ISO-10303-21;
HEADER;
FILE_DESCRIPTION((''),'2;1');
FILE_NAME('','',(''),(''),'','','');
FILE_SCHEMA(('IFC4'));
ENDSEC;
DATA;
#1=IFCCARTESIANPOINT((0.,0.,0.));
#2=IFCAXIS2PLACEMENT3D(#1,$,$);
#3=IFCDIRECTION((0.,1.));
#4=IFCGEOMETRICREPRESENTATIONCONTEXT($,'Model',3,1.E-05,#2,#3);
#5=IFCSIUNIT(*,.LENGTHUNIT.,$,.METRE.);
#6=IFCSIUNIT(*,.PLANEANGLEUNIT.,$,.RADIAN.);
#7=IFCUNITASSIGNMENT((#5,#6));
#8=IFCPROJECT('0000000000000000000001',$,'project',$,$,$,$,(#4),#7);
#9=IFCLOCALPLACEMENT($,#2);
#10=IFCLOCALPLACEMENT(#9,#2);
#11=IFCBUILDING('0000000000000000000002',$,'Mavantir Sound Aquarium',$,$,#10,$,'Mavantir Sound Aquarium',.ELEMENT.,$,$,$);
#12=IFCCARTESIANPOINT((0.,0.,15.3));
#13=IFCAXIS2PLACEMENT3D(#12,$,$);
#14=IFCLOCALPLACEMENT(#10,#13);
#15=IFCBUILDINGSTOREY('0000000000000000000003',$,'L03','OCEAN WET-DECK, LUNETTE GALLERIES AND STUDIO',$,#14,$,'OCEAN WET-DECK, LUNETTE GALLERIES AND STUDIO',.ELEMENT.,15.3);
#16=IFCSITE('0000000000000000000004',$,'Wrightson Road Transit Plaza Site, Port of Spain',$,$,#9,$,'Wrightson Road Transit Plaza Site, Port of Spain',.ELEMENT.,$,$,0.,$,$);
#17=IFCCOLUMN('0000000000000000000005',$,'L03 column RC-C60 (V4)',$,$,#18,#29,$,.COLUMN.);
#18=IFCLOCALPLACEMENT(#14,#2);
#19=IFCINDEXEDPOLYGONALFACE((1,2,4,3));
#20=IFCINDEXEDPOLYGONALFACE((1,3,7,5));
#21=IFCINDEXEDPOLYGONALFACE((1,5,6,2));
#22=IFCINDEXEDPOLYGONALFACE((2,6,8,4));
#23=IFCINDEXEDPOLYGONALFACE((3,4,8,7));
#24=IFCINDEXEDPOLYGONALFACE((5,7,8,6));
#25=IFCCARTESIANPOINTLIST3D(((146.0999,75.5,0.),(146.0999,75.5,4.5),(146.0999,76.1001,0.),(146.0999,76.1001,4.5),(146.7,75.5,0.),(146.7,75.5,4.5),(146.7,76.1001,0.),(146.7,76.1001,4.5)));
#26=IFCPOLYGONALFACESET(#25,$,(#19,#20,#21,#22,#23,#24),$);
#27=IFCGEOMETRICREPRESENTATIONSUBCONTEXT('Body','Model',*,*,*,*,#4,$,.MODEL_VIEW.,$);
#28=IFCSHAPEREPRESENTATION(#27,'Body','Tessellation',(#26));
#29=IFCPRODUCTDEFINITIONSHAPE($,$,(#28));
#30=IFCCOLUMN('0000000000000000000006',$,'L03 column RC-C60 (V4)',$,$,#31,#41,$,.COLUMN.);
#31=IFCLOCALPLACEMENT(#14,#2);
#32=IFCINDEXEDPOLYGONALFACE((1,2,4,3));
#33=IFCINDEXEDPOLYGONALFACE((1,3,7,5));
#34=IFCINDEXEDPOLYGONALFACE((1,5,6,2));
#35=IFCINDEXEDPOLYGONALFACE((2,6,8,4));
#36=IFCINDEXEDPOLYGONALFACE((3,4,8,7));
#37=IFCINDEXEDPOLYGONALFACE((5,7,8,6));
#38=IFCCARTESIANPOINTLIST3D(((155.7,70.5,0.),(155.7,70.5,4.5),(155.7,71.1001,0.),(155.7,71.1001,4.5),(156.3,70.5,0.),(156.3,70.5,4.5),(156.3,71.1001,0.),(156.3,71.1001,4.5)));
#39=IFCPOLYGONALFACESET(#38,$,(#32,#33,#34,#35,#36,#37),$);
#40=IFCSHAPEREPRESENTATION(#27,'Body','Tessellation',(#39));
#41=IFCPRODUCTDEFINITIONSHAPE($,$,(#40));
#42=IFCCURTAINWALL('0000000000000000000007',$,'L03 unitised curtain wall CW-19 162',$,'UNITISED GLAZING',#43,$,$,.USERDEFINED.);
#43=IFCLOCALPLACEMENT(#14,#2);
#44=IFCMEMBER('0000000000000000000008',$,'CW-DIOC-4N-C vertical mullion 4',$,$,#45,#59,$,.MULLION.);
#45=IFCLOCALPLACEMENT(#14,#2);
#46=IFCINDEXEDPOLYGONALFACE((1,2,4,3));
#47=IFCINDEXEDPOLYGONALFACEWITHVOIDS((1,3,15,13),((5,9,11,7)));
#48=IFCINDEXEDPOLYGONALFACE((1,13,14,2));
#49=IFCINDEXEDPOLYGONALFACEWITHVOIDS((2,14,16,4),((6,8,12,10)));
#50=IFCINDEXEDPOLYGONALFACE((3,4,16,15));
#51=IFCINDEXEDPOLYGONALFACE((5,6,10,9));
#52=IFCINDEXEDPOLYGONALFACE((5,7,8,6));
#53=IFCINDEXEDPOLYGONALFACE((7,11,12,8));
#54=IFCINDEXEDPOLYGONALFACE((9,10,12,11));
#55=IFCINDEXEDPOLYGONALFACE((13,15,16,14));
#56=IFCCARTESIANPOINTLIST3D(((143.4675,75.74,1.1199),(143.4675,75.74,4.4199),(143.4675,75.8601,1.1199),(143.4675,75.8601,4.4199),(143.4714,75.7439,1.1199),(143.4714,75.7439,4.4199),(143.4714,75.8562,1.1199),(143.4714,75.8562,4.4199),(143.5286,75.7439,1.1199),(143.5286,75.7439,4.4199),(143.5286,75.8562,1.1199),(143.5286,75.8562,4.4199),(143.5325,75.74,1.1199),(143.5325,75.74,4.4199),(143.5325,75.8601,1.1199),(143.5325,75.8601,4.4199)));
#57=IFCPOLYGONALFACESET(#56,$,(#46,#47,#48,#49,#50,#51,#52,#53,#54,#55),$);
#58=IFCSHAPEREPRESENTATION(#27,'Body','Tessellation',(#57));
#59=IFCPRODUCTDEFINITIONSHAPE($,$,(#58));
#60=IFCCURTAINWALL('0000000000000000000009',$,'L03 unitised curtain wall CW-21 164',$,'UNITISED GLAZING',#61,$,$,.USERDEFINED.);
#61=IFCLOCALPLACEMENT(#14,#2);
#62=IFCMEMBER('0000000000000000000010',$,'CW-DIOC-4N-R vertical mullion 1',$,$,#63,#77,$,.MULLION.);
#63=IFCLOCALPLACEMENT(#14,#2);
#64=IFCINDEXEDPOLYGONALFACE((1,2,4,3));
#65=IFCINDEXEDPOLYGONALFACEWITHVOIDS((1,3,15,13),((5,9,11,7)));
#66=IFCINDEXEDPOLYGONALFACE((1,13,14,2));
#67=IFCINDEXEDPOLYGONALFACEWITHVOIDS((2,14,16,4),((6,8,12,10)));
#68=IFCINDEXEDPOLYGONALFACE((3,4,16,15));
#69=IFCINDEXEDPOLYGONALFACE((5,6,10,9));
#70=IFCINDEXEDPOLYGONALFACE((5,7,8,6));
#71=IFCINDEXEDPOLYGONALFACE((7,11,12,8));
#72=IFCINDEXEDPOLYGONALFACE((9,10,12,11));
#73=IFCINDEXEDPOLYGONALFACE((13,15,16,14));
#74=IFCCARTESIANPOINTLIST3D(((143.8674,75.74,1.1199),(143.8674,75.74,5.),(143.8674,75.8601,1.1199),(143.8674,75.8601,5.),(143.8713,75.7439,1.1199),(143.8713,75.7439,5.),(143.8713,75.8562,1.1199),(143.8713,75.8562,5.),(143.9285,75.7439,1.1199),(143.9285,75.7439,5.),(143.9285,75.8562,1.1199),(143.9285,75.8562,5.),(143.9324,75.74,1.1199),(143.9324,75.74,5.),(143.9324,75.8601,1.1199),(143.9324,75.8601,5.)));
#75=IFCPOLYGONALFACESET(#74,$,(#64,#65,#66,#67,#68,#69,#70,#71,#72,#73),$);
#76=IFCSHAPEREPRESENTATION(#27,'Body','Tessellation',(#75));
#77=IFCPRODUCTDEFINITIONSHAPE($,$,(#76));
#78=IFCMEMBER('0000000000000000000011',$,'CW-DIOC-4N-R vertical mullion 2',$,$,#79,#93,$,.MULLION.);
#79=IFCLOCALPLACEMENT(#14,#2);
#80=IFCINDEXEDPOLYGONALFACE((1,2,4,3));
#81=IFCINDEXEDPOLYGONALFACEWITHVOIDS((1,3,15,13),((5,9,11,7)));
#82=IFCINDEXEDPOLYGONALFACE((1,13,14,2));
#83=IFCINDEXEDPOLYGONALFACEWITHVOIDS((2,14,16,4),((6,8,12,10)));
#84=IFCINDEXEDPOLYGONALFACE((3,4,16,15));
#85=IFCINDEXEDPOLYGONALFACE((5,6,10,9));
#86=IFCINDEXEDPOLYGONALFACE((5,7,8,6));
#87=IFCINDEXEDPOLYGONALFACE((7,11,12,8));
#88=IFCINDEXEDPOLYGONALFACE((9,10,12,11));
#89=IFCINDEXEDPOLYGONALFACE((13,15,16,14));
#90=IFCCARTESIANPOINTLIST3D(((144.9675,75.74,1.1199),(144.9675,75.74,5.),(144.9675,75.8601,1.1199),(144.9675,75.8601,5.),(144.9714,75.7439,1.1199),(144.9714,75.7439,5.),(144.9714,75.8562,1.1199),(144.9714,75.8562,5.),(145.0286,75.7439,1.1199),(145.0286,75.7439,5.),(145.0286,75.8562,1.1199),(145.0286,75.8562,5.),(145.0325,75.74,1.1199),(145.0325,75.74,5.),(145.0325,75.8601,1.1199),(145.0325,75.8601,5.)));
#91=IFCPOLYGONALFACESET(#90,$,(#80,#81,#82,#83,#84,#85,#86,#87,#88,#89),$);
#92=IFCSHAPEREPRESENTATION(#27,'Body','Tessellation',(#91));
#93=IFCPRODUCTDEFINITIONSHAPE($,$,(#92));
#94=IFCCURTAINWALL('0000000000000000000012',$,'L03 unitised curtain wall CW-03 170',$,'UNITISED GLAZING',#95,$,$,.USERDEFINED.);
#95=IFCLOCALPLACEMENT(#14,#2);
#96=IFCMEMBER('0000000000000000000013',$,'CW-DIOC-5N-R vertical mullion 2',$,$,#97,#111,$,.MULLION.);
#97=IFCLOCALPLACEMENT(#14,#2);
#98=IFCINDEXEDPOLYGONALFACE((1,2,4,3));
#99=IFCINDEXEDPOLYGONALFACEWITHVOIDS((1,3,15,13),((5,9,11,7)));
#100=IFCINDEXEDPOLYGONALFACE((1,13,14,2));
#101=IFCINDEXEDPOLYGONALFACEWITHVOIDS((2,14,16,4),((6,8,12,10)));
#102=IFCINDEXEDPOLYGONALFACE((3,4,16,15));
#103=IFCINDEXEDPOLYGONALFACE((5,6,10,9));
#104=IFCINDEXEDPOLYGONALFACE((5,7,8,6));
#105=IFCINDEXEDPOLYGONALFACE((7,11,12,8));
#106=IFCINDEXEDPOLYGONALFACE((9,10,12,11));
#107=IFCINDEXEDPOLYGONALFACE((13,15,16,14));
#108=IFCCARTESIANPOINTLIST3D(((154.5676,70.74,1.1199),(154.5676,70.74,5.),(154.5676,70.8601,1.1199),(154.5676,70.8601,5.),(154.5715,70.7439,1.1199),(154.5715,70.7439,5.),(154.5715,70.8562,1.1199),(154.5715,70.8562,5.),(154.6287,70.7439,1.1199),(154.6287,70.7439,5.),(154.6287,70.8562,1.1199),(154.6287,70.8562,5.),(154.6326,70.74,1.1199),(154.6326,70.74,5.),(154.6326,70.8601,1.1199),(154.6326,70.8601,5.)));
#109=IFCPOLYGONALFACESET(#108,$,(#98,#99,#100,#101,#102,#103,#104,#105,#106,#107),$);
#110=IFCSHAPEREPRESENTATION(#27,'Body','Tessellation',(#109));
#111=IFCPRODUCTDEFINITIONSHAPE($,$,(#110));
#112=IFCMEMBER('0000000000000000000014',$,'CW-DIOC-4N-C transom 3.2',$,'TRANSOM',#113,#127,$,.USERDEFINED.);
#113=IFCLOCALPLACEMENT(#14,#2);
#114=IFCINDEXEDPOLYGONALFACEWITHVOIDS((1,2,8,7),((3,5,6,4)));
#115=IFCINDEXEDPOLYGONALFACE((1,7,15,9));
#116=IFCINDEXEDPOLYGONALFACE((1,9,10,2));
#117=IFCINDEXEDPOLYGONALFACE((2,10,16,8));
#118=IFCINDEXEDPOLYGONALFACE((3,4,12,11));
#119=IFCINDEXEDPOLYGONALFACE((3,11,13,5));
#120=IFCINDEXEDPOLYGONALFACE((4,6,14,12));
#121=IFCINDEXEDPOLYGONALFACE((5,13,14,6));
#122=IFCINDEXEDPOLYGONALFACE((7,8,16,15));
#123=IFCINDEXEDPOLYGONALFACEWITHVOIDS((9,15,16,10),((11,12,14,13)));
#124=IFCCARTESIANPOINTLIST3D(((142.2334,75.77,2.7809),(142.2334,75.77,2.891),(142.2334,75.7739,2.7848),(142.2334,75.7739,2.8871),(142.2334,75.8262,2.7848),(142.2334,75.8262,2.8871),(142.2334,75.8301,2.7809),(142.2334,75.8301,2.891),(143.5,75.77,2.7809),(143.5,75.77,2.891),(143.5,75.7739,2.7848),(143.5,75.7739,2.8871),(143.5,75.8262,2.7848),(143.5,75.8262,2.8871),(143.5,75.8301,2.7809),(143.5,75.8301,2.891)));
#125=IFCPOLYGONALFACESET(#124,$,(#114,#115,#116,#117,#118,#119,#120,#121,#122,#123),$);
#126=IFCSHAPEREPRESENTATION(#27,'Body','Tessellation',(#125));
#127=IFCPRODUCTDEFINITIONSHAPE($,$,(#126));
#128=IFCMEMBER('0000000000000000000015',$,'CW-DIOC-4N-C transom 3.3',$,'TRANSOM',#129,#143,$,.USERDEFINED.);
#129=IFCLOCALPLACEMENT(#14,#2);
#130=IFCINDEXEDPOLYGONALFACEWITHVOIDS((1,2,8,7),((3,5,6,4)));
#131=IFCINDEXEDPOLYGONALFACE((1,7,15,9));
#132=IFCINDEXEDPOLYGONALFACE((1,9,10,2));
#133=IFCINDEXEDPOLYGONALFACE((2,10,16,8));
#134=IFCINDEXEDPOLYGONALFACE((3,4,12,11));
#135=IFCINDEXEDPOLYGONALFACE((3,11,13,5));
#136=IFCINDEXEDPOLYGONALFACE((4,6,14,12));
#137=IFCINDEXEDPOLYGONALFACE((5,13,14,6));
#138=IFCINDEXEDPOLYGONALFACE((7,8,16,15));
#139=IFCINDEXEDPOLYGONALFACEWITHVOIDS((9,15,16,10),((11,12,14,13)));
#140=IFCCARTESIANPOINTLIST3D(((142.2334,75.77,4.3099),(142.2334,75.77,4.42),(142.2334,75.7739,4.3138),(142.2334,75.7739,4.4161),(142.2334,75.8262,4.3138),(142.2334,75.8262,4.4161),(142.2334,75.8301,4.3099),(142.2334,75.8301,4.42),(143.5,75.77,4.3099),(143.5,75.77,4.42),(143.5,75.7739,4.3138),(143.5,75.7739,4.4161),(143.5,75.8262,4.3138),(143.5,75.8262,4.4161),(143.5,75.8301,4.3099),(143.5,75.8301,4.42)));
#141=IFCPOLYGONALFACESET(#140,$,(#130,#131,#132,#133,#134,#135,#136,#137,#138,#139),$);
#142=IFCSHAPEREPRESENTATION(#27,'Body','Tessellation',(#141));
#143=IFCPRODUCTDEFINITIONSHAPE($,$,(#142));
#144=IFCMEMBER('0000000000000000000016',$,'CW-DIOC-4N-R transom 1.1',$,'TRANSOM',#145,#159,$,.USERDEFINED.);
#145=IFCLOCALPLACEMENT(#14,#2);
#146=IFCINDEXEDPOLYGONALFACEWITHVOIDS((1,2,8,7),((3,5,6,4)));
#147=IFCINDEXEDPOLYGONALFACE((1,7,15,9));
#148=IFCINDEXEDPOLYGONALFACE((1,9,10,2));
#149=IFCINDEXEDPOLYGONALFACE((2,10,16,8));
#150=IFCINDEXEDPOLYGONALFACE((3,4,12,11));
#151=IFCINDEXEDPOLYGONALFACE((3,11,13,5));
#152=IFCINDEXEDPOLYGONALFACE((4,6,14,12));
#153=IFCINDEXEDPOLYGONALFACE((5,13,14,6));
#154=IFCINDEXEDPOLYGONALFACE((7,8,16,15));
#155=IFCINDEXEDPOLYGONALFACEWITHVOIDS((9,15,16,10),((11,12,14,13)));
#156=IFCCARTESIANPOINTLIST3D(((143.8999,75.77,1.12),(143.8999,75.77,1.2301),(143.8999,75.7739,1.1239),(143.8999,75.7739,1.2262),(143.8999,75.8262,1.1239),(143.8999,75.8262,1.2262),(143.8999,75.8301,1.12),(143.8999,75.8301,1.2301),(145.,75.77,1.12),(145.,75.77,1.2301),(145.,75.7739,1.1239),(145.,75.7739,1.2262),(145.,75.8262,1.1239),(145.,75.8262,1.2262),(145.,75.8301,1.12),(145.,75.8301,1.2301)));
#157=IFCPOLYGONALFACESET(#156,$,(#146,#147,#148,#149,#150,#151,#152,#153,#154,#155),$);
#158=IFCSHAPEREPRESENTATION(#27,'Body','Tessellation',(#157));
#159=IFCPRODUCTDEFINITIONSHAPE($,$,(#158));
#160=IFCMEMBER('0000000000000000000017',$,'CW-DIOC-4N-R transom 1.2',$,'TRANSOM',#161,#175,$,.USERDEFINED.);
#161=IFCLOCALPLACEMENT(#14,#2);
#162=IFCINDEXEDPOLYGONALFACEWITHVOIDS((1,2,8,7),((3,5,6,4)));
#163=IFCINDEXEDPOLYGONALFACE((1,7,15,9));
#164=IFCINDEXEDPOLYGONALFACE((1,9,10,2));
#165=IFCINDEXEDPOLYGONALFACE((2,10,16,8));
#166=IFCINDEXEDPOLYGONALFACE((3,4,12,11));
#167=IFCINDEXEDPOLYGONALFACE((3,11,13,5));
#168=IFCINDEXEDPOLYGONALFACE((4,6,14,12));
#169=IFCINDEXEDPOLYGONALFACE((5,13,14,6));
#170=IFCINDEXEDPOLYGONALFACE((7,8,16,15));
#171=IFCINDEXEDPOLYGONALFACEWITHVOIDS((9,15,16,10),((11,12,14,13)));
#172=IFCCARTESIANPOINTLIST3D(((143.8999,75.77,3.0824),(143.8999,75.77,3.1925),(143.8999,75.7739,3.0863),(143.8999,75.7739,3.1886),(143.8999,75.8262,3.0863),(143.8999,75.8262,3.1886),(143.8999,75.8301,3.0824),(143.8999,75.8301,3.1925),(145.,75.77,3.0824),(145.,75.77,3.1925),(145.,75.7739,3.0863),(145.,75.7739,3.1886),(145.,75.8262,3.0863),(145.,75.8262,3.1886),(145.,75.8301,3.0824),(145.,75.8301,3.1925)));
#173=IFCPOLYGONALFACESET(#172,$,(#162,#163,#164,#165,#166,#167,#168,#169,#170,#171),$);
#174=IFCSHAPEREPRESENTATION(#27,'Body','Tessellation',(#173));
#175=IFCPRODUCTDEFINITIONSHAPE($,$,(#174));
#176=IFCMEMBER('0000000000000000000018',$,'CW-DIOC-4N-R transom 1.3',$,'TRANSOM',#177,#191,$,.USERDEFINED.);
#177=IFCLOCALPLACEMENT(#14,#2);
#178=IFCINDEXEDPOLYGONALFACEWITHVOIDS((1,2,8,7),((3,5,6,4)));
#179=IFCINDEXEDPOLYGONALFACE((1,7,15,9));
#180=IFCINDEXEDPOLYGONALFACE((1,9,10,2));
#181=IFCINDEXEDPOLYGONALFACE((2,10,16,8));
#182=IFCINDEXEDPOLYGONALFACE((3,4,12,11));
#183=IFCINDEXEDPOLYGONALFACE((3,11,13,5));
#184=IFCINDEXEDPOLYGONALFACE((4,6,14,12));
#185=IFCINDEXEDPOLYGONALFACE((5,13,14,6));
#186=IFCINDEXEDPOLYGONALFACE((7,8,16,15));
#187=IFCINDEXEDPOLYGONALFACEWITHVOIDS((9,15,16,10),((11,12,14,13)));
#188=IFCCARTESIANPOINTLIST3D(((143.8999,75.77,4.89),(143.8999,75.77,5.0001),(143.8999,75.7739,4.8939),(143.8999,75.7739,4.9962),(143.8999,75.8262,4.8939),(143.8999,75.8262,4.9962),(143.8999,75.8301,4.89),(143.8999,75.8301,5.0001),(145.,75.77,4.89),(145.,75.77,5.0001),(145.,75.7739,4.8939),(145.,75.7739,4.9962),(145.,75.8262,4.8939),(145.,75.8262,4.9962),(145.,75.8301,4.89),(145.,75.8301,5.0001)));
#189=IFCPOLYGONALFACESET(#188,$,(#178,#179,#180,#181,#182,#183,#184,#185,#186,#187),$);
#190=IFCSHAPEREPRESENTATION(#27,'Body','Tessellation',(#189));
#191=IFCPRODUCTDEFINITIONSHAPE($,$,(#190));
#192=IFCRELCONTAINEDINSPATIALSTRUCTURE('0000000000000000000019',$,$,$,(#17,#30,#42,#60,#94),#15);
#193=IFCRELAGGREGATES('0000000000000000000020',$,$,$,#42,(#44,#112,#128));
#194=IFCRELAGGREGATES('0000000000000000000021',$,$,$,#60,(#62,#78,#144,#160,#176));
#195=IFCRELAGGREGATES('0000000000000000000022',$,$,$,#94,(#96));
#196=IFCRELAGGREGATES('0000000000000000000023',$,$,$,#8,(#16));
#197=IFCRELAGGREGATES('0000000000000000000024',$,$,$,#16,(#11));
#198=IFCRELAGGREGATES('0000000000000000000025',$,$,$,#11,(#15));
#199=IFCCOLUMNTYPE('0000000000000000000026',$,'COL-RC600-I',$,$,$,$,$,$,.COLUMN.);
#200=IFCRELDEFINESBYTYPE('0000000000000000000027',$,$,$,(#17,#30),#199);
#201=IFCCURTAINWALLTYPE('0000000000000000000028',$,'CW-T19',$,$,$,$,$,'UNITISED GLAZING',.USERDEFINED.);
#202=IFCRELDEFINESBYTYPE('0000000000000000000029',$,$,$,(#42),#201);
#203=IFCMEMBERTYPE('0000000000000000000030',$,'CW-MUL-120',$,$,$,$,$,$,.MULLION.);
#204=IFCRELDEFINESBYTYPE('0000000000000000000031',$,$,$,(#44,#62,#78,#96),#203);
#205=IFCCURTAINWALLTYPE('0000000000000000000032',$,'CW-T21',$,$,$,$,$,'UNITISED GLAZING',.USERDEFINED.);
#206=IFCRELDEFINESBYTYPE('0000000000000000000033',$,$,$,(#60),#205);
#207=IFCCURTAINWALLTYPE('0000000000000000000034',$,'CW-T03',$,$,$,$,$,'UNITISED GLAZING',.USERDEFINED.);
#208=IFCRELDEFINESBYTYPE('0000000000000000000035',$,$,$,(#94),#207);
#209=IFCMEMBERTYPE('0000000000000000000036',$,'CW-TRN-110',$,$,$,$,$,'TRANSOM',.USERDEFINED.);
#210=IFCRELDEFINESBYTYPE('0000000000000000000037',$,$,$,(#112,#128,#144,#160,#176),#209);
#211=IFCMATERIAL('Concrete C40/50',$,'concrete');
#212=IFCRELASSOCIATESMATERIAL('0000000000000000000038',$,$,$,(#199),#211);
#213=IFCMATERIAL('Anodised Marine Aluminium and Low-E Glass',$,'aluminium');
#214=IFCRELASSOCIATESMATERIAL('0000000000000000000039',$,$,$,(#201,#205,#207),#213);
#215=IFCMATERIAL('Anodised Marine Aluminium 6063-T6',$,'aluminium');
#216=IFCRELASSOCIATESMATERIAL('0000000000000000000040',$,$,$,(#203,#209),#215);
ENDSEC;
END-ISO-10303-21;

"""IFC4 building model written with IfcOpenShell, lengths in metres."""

from ifc_helpers import new_model, si_unit, direction, frame, origin, origin_2d, place, context, subcontext, project, spatial, rectangle, hollow_rectangle, extrude, material, material_profile, profile_set, type_object, element, aggregate, save


model = new_model("IFC4")

# Units and contexts
model_context = context("Model", 3, precision=1e-05, world=origin(), true_north=direction((0.0, 1.0)))
body_context = subcontext(model_context, "Body", "Model", "MODEL_VIEW")
ifc_project = project(units=[si_unit("LENGTHUNIT", "METRE"), si_unit("PLANEANGLEUNIT", "RADIAN")], contexts=[model_context])

# Site, building, storey
site_placement = place(None, origin())
site = spatial("IfcSite", under=ifc_project, at=site_placement, Name="Wrightson Road Transit Plaza Site, Port of Spain", LongName="Wrightson Road Transit Plaza Site, Port of Spain", CompositionType="ELEMENT", RefElevation=0.0)
building_placement = place(site_placement, origin())
building = spatial("IfcBuilding", under=site, at=building_placement, Name="Mavantir Sound Aquarium", LongName="Mavantir Sound Aquarium", CompositionType="ELEMENT")
storey_placement = place(building_placement, frame((0.0, 0.0, 15.3)))
storey = spatial("IfcBuildingStorey", under=building, at=storey_placement, Name="L03", Description="OCEAN WET-DECK, LUNETTE GALLERIES AND STUDIO", LongName="OCEAN WET-DECK, LUNETTE GALLERIES AND STUDIO", CompositionType="ELEMENT", Elevation=15.3)

# Columns
ifc_material_1 = material(Name="Concrete C40/50", Category="concrete")
ifc_material_profile_1 = material_profile(ifc_material_1, rectangle(XDim=0.6001, YDim=0.6001, at=origin_2d()), Name="RC 600X600")
ifc_profile_set_1 = profile_set([ifc_material_profile_1], Name="Concrete C40/50")
column_type = type_object("IfcColumnType", Name="COL-RC600-I", PredefinedType="COLUMN", material=ifc_profile_set_1)
for number, where, z_axis, x_axis, name in (
    (1, (146.3999, 75.8, 0.0), (0.0, 0.0, 1.0), (1.0, 0.0, 0.0), "L03 column RC-C60 (V4)"),
    (2, (156.0, 70.8, 0.0), (0.0, 0.0, 1.0), (1.0, 0.0, 0.0), "L03 column RC-C60 (V4)"),
):
    element("IfcColumn", number, at=place(storey_placement, frame(where, z_axis=z_axis, x_axis=x_axis)), inside=storey, type_object=column_type, Name=name, PredefinedType="COLUMN", context=body_context, shape_type="SweptSolid", body=[
        extrude(rectangle(XDim=0.6001, YDim=0.6001, at=origin_2d()), origin(), (0.0, 0.0, 1.0), 4.5),
    ])

# Curtain wall, member
ifc_material_2 = material(Name="Anodised Marine Aluminium and Low-E Glass", Category="aluminium")
curtain_wall_type_1 = type_object("IfcCurtainWallType", Name="CW-T19", ElementType="UNITISED GLAZING", PredefinedType="USERDEFINED", material=ifc_material_2)
curtain_wall_1_placement = place(storey_placement, origin())
curtain_wall_1 = element("IfcCurtainWall", 3, at=curtain_wall_1_placement, inside=storey, type_object=curtain_wall_type_1, Name="L03 unitised curtain wall CW-19 162", ObjectType="UNITISED GLAZING", PredefinedType="USERDEFINED")
ifc_material_3 = material(Name="Anodised Marine Aluminium 6063-T6", Category="aluminium")
ifc_material_profile_2 = material_profile(ifc_material_3, hollow_rectangle(XDim=0.0649, YDim=0.1201, WallThickness=0.0039, at=origin_2d()), Name="ALU-MULLION-120X65")
ifc_profile_set_2 = profile_set([ifc_material_profile_2], Name="Anodised Marine Aluminium 6063-T6")
member_type_1 = type_object("IfcMemberType", Name="CW-MUL-120", PredefinedType="MULLION", material=ifc_profile_set_2)
member_1_placement = place(storey_placement, frame((143.5, 75.8, 1.1199), z_axis=(0.0, 0.0, 1.0), x_axis=(1.0, 0.0, 0.0)))
member_1 = element("IfcMember", 4, at=member_1_placement, type_object=member_type_1, Name="CW-DIOC-4N-C vertical mullion 4", PredefinedType="MULLION", context=body_context, shape_type="SweptSolid", body=[
    extrude(hollow_rectangle(XDim=0.0649, YDim=0.1201, WallThickness=0.0039, at=origin_2d()), origin(), (0.0, 0.0, 1.0), 3.3),
])

# Curtain wall, members
curtain_wall_type_2 = type_object("IfcCurtainWallType", Name="CW-T21", ElementType="UNITISED GLAZING", PredefinedType="USERDEFINED", material=ifc_material_2)
curtain_wall_2_placement = place(storey_placement, origin())
curtain_wall_2 = element("IfcCurtainWall", 5, at=curtain_wall_2_placement, inside=storey, type_object=curtain_wall_type_2, Name="L03 unitised curtain wall CW-21 164", ObjectType="UNITISED GLAZING", PredefinedType="USERDEFINED")
member_2_placement = place(storey_placement, frame((143.8999, 75.8, 1.1199), z_axis=(0.0, 0.0, 1.0), x_axis=(1.0, 0.0, 0.0)))
member_2 = element("IfcMember", 6, at=member_2_placement, type_object=member_type_1, Name="CW-DIOC-4N-R vertical mullion 1", PredefinedType="MULLION", context=body_context, shape_type="SweptSolid", body=[
    extrude(hollow_rectangle(XDim=0.0649, YDim=0.1201, WallThickness=0.0039, at=origin_2d()), origin(), (0.0, 0.0, 1.0), 3.8801),
])
member_3_placement = place(storey_placement, frame((145.0, 75.8, 1.1199), z_axis=(0.0, 0.0, 1.0), x_axis=(1.0, 0.0, 0.0)))
member_3 = element("IfcMember", 7, at=member_3_placement, type_object=member_type_1, Name="CW-DIOC-4N-R vertical mullion 2", PredefinedType="MULLION", context=body_context, shape_type="SweptSolid", body=[
    extrude(hollow_rectangle(XDim=0.0649, YDim=0.1201, WallThickness=0.0039, at=origin_2d()), origin(), (0.0, 0.0, 1.0), 3.8801),
])

# Curtain wall, member
curtain_wall_type_3 = type_object("IfcCurtainWallType", Name="CW-T03", ElementType="UNITISED GLAZING", PredefinedType="USERDEFINED", material=ifc_material_2)
curtain_wall_3_placement = place(storey_placement, origin())
curtain_wall_3 = element("IfcCurtainWall", 8, at=curtain_wall_3_placement, inside=storey, type_object=curtain_wall_type_3, Name="L03 unitised curtain wall CW-03 170", ObjectType="UNITISED GLAZING", PredefinedType="USERDEFINED")
member_4_placement = place(storey_placement, frame((154.6001, 70.8, 1.1199), z_axis=(0.0, 0.0, 1.0), x_axis=(1.0, 0.0, 0.0)))
member_4 = element("IfcMember", 9, at=member_4_placement, type_object=member_type_1, Name="CW-DIOC-5N-R vertical mullion 2", PredefinedType="MULLION", context=body_context, shape_type="SweptSolid", body=[
    extrude(hollow_rectangle(XDim=0.0649, YDim=0.1201, WallThickness=0.0039, at=origin_2d()), origin(), (0.0, 0.0, 1.0), 3.8801),
])

# Members
ifc_material_profile_3 = material_profile(ifc_material_3, hollow_rectangle(XDim=0.0601, YDim=0.1101, WallThickness=0.0039, at=origin_2d()), Name="ALU-TRANSOM-110X60")
ifc_profile_set_3 = profile_set([ifc_material_profile_3], Name="Anodised Marine Aluminium 6063-T6")
member_type_2 = type_object("IfcMemberType", Name="CW-TRN-110", ElementType="TRANSOM", PredefinedType="USERDEFINED", material=ifc_profile_set_3)
member_5_placement = place(storey_placement, frame((142.2334, 75.8, 2.8359), z_axis=(1.0, 0.0, 0.0), x_axis=(0.0, 1.0, 0.0)))
member_5 = element("IfcMember", 10, at=member_5_placement, type_object=member_type_2, Name="CW-DIOC-4N-C transom 3.2", ObjectType="TRANSOM", PredefinedType="USERDEFINED", context=body_context, shape_type="SweptSolid", body=[
    extrude(hollow_rectangle(XDim=0.0601, YDim=0.1101, WallThickness=0.0039, at=origin_2d()), origin(), (0.0, 0.0, 1.0), 1.2666),
])
member_6_placement = place(storey_placement, frame((142.2334, 75.8, 4.365), z_axis=(1.0, 0.0, 0.0), x_axis=(0.0, 1.0, 0.0)))
member_6 = element("IfcMember", 11, at=member_6_placement, type_object=member_type_2, Name="CW-DIOC-4N-C transom 3.3", ObjectType="TRANSOM", PredefinedType="USERDEFINED", context=body_context, shape_type="SweptSolid", body=[
    extrude(hollow_rectangle(XDim=0.0601, YDim=0.1101, WallThickness=0.0039, at=origin_2d()), origin(), (0.0, 0.0, 1.0), 1.2666),
])
member_7_placement = place(storey_placement, frame((143.8999, 75.8, 1.175), z_axis=(1.0, 0.0, 0.0), x_axis=(0.0, 1.0, 0.0)))
member_7 = element("IfcMember", 12, at=member_7_placement, type_object=member_type_2, Name="CW-DIOC-4N-R transom 1.1", ObjectType="TRANSOM", PredefinedType="USERDEFINED", context=body_context, shape_type="SweptSolid", body=[
    extrude(hollow_rectangle(XDim=0.0601, YDim=0.1101, WallThickness=0.0039, at=origin_2d()), origin(), (0.0, 0.0, 1.0), 1.1001),
])
member_8_placement = place(storey_placement, frame((143.8999, 75.8, 3.1375), z_axis=(1.0, 0.0, 0.0), x_axis=(0.0, 1.0, 0.0)))
member_8 = element("IfcMember", 13, at=member_8_placement, type_object=member_type_2, Name="CW-DIOC-4N-R transom 1.2", ObjectType="TRANSOM", PredefinedType="USERDEFINED", context=body_context, shape_type="SweptSolid", body=[
    extrude(hollow_rectangle(XDim=0.0601, YDim=0.1101, WallThickness=0.0039, at=origin_2d()), origin(), (0.0, 0.0, 1.0), 1.1001),
])
member_9_placement = place(storey_placement, frame((143.8999, 75.8, 4.9451), z_axis=(1.0, 0.0, 0.0), x_axis=(0.0, 1.0, 0.0)))
member_9 = element("IfcMember", 14, at=member_9_placement, type_object=member_type_2, Name="CW-DIOC-4N-R transom 1.3", ObjectType="TRANSOM", PredefinedType="USERDEFINED", context=body_context, shape_type="SweptSolid", body=[
    extrude(hollow_rectangle(XDim=0.0601, YDim=0.1101, WallThickness=0.0039, at=origin_2d()), origin(), (0.0, 0.0, 1.0), 1.1001),
])

aggregate(curtain_wall_1, [member_1, member_5, member_6])
aggregate(curtain_wall_2, [member_2, member_3, member_7, member_8, member_9])
aggregate(curtain_wall_3, [member_4])

save(model, "model.ifc")
